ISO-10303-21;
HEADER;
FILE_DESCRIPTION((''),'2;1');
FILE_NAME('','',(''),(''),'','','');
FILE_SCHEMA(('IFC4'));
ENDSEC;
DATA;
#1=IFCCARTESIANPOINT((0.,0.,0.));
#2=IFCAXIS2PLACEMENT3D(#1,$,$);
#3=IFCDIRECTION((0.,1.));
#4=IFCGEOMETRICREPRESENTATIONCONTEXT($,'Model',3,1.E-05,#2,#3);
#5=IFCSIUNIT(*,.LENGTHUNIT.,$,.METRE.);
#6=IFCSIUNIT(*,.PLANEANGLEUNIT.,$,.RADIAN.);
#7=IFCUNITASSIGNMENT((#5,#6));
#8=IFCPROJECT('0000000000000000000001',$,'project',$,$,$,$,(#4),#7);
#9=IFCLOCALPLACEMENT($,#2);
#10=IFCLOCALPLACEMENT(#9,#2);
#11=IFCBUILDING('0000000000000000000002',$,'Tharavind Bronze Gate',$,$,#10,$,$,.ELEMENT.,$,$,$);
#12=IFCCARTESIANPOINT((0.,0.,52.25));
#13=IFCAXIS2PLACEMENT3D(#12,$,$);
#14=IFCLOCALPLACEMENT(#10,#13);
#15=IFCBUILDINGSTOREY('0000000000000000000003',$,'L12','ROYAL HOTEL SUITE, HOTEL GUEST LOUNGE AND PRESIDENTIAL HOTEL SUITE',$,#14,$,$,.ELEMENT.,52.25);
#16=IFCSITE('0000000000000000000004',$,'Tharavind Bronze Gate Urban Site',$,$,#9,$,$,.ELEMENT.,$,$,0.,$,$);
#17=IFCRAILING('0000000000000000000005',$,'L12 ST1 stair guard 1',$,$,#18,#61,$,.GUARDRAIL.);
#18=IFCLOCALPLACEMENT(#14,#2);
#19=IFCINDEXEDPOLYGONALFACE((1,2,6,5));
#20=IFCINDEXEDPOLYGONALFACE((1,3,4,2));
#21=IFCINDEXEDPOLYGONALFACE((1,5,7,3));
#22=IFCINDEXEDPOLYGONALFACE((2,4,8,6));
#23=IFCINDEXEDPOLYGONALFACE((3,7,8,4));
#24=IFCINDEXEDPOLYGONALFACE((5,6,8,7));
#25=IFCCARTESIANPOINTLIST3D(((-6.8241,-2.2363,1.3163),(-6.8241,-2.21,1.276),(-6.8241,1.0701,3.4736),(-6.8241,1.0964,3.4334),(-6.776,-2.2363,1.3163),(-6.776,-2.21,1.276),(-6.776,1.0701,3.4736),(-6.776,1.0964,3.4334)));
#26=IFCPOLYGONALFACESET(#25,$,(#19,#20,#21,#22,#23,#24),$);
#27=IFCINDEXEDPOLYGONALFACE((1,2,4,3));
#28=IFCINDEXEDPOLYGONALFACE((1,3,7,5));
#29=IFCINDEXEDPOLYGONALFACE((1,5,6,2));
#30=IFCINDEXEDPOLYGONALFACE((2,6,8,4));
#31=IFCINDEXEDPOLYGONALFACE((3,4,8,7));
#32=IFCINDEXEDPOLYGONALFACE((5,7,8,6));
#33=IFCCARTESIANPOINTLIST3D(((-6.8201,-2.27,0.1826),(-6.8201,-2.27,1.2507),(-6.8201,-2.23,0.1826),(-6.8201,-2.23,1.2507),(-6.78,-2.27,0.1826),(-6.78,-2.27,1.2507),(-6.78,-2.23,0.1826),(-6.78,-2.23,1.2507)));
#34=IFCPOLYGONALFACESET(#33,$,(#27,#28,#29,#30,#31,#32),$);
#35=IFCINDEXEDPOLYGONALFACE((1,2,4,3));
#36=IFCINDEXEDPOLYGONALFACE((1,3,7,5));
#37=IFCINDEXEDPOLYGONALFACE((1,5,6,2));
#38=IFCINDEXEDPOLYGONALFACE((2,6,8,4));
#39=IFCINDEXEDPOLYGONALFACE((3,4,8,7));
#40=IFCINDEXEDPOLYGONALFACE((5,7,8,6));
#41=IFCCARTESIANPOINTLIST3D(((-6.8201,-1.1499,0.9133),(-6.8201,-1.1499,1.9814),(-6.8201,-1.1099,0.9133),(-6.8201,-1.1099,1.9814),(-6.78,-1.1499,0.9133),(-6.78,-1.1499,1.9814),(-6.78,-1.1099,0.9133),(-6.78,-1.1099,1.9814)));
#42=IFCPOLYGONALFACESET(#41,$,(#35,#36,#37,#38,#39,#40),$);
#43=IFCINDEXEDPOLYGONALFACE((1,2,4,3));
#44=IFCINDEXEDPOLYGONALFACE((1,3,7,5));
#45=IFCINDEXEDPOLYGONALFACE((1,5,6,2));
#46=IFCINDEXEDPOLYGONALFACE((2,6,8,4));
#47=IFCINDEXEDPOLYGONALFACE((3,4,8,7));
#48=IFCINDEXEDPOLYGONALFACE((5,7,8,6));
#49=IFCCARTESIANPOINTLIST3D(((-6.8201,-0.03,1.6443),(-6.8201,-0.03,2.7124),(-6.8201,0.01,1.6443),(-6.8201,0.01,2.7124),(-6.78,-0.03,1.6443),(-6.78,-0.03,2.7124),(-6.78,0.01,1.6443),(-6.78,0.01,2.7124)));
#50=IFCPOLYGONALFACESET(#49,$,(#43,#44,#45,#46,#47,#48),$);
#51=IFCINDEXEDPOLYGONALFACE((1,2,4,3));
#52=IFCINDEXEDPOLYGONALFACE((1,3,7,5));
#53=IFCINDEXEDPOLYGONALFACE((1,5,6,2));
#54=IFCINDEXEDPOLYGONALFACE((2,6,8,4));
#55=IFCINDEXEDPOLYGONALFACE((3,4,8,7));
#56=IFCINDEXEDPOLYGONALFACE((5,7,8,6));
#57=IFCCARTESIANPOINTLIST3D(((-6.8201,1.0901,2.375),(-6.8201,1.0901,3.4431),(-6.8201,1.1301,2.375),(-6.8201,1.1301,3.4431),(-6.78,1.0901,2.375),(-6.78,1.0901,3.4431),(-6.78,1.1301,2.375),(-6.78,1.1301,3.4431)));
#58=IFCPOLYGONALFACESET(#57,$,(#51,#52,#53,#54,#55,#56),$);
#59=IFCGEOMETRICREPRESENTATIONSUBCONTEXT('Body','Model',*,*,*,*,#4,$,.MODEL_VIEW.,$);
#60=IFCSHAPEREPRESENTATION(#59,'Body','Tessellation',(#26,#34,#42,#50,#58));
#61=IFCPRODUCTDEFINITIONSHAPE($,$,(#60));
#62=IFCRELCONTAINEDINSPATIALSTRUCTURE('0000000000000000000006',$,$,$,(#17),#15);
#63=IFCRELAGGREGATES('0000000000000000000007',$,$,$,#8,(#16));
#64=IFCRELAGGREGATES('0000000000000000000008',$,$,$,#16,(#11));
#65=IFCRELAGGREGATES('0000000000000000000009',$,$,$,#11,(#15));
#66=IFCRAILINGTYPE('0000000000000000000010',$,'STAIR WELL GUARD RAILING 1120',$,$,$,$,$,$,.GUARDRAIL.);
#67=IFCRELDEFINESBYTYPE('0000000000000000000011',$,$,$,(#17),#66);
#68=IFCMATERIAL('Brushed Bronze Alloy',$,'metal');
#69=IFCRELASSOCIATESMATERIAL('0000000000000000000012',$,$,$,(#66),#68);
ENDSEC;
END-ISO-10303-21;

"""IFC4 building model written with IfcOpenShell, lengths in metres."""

from ifc_helpers import new_model, si_unit, direction, frame, origin, origin_2d, place, context, subcontext, project, spatial, rectangle, extrude, material, type_object, element, save


model = new_model("IFC4")

# Units and contexts
model_context = context("Model", 3, precision=1e-05, world=origin(), true_north=direction((0.0, 1.0)))
body_context = subcontext(model_context, "Body", "Model", "MODEL_VIEW")
ifc_project = project(units=[si_unit("LENGTHUNIT", "METRE"), si_unit("PLANEANGLEUNIT", "RADIAN")], contexts=[model_context])

# Site, building, storey
site_placement = place(None, origin())
site = spatial("IfcSite", under=ifc_project, at=site_placement, Name="Tharavind Bronze Gate Urban Site", CompositionType="ELEMENT", RefElevation=0.0)
building_placement = place(site_placement, origin())
building = spatial("IfcBuilding", under=site, at=building_placement, Name="Tharavind Bronze Gate", CompositionType="ELEMENT")
storey_placement = place(building_placement, frame((0.0, 0.0, 52.25)))
storey = spatial("IfcBuildingStorey", under=building, at=storey_placement, Name="L12", Description="ROYAL HOTEL SUITE, HOTEL GUEST LOUNGE AND PRESIDENTIAL HOTEL SUITE", CompositionType="ELEMENT", Elevation=52.25)

# Railing
ifc_material_1 = material(Name="Brushed Bronze Alloy", Category="metal")
railing_type_1 = type_object("IfcRailingType", Name="STAIR WELL GUARD RAILING 1120", PredefinedType="GUARDRAIL", material=ifc_material_1)
railing_1_placement = place(storey_placement, frame((-6.8, -2.25, 0.1826)))
element("IfcRailing", 1, at=railing_1_placement, inside=storey, type_object=railing_type_1, Name="L12 ST1 stair guard 1", PredefinedType="GUARDRAIL", context=body_context, shape_type="SweptSolid", body=[
    extrude(rectangle(XDim=0.0481, YDim=0.0481, at=origin_2d()), frame((0.0, 0.0269, 1.1135), z_axis=(0.0, 0.837496, 0.546444), x_axis=(-1.0, 0.0, 0.0)), (0.0, 0.0, 1.0), 3.948),
    extrude(rectangle(XDim=0.04, YDim=0.04, at=origin_2d()), origin(), (0.0, 0.0, 1.0), 1.0681),
    extrude(rectangle(XDim=0.04, YDim=0.04, at=origin_2d()), frame((0.0, 1.1201, 0.7307)), (0.0, 0.0, 1.0), 1.0681),
    extrude(rectangle(XDim=0.04, YDim=0.04, at=origin_2d()), frame((0.0, 2.24, 1.4617)), (0.0, 0.0, 1.0), 1.0681),
    extrude(rectangle(XDim=0.04, YDim=0.04, at=origin_2d()), frame((0.0, 3.3601, 2.1924)), (0.0, 0.0, 1.0), 1.0681),
])

save(model, "model.ifc")
